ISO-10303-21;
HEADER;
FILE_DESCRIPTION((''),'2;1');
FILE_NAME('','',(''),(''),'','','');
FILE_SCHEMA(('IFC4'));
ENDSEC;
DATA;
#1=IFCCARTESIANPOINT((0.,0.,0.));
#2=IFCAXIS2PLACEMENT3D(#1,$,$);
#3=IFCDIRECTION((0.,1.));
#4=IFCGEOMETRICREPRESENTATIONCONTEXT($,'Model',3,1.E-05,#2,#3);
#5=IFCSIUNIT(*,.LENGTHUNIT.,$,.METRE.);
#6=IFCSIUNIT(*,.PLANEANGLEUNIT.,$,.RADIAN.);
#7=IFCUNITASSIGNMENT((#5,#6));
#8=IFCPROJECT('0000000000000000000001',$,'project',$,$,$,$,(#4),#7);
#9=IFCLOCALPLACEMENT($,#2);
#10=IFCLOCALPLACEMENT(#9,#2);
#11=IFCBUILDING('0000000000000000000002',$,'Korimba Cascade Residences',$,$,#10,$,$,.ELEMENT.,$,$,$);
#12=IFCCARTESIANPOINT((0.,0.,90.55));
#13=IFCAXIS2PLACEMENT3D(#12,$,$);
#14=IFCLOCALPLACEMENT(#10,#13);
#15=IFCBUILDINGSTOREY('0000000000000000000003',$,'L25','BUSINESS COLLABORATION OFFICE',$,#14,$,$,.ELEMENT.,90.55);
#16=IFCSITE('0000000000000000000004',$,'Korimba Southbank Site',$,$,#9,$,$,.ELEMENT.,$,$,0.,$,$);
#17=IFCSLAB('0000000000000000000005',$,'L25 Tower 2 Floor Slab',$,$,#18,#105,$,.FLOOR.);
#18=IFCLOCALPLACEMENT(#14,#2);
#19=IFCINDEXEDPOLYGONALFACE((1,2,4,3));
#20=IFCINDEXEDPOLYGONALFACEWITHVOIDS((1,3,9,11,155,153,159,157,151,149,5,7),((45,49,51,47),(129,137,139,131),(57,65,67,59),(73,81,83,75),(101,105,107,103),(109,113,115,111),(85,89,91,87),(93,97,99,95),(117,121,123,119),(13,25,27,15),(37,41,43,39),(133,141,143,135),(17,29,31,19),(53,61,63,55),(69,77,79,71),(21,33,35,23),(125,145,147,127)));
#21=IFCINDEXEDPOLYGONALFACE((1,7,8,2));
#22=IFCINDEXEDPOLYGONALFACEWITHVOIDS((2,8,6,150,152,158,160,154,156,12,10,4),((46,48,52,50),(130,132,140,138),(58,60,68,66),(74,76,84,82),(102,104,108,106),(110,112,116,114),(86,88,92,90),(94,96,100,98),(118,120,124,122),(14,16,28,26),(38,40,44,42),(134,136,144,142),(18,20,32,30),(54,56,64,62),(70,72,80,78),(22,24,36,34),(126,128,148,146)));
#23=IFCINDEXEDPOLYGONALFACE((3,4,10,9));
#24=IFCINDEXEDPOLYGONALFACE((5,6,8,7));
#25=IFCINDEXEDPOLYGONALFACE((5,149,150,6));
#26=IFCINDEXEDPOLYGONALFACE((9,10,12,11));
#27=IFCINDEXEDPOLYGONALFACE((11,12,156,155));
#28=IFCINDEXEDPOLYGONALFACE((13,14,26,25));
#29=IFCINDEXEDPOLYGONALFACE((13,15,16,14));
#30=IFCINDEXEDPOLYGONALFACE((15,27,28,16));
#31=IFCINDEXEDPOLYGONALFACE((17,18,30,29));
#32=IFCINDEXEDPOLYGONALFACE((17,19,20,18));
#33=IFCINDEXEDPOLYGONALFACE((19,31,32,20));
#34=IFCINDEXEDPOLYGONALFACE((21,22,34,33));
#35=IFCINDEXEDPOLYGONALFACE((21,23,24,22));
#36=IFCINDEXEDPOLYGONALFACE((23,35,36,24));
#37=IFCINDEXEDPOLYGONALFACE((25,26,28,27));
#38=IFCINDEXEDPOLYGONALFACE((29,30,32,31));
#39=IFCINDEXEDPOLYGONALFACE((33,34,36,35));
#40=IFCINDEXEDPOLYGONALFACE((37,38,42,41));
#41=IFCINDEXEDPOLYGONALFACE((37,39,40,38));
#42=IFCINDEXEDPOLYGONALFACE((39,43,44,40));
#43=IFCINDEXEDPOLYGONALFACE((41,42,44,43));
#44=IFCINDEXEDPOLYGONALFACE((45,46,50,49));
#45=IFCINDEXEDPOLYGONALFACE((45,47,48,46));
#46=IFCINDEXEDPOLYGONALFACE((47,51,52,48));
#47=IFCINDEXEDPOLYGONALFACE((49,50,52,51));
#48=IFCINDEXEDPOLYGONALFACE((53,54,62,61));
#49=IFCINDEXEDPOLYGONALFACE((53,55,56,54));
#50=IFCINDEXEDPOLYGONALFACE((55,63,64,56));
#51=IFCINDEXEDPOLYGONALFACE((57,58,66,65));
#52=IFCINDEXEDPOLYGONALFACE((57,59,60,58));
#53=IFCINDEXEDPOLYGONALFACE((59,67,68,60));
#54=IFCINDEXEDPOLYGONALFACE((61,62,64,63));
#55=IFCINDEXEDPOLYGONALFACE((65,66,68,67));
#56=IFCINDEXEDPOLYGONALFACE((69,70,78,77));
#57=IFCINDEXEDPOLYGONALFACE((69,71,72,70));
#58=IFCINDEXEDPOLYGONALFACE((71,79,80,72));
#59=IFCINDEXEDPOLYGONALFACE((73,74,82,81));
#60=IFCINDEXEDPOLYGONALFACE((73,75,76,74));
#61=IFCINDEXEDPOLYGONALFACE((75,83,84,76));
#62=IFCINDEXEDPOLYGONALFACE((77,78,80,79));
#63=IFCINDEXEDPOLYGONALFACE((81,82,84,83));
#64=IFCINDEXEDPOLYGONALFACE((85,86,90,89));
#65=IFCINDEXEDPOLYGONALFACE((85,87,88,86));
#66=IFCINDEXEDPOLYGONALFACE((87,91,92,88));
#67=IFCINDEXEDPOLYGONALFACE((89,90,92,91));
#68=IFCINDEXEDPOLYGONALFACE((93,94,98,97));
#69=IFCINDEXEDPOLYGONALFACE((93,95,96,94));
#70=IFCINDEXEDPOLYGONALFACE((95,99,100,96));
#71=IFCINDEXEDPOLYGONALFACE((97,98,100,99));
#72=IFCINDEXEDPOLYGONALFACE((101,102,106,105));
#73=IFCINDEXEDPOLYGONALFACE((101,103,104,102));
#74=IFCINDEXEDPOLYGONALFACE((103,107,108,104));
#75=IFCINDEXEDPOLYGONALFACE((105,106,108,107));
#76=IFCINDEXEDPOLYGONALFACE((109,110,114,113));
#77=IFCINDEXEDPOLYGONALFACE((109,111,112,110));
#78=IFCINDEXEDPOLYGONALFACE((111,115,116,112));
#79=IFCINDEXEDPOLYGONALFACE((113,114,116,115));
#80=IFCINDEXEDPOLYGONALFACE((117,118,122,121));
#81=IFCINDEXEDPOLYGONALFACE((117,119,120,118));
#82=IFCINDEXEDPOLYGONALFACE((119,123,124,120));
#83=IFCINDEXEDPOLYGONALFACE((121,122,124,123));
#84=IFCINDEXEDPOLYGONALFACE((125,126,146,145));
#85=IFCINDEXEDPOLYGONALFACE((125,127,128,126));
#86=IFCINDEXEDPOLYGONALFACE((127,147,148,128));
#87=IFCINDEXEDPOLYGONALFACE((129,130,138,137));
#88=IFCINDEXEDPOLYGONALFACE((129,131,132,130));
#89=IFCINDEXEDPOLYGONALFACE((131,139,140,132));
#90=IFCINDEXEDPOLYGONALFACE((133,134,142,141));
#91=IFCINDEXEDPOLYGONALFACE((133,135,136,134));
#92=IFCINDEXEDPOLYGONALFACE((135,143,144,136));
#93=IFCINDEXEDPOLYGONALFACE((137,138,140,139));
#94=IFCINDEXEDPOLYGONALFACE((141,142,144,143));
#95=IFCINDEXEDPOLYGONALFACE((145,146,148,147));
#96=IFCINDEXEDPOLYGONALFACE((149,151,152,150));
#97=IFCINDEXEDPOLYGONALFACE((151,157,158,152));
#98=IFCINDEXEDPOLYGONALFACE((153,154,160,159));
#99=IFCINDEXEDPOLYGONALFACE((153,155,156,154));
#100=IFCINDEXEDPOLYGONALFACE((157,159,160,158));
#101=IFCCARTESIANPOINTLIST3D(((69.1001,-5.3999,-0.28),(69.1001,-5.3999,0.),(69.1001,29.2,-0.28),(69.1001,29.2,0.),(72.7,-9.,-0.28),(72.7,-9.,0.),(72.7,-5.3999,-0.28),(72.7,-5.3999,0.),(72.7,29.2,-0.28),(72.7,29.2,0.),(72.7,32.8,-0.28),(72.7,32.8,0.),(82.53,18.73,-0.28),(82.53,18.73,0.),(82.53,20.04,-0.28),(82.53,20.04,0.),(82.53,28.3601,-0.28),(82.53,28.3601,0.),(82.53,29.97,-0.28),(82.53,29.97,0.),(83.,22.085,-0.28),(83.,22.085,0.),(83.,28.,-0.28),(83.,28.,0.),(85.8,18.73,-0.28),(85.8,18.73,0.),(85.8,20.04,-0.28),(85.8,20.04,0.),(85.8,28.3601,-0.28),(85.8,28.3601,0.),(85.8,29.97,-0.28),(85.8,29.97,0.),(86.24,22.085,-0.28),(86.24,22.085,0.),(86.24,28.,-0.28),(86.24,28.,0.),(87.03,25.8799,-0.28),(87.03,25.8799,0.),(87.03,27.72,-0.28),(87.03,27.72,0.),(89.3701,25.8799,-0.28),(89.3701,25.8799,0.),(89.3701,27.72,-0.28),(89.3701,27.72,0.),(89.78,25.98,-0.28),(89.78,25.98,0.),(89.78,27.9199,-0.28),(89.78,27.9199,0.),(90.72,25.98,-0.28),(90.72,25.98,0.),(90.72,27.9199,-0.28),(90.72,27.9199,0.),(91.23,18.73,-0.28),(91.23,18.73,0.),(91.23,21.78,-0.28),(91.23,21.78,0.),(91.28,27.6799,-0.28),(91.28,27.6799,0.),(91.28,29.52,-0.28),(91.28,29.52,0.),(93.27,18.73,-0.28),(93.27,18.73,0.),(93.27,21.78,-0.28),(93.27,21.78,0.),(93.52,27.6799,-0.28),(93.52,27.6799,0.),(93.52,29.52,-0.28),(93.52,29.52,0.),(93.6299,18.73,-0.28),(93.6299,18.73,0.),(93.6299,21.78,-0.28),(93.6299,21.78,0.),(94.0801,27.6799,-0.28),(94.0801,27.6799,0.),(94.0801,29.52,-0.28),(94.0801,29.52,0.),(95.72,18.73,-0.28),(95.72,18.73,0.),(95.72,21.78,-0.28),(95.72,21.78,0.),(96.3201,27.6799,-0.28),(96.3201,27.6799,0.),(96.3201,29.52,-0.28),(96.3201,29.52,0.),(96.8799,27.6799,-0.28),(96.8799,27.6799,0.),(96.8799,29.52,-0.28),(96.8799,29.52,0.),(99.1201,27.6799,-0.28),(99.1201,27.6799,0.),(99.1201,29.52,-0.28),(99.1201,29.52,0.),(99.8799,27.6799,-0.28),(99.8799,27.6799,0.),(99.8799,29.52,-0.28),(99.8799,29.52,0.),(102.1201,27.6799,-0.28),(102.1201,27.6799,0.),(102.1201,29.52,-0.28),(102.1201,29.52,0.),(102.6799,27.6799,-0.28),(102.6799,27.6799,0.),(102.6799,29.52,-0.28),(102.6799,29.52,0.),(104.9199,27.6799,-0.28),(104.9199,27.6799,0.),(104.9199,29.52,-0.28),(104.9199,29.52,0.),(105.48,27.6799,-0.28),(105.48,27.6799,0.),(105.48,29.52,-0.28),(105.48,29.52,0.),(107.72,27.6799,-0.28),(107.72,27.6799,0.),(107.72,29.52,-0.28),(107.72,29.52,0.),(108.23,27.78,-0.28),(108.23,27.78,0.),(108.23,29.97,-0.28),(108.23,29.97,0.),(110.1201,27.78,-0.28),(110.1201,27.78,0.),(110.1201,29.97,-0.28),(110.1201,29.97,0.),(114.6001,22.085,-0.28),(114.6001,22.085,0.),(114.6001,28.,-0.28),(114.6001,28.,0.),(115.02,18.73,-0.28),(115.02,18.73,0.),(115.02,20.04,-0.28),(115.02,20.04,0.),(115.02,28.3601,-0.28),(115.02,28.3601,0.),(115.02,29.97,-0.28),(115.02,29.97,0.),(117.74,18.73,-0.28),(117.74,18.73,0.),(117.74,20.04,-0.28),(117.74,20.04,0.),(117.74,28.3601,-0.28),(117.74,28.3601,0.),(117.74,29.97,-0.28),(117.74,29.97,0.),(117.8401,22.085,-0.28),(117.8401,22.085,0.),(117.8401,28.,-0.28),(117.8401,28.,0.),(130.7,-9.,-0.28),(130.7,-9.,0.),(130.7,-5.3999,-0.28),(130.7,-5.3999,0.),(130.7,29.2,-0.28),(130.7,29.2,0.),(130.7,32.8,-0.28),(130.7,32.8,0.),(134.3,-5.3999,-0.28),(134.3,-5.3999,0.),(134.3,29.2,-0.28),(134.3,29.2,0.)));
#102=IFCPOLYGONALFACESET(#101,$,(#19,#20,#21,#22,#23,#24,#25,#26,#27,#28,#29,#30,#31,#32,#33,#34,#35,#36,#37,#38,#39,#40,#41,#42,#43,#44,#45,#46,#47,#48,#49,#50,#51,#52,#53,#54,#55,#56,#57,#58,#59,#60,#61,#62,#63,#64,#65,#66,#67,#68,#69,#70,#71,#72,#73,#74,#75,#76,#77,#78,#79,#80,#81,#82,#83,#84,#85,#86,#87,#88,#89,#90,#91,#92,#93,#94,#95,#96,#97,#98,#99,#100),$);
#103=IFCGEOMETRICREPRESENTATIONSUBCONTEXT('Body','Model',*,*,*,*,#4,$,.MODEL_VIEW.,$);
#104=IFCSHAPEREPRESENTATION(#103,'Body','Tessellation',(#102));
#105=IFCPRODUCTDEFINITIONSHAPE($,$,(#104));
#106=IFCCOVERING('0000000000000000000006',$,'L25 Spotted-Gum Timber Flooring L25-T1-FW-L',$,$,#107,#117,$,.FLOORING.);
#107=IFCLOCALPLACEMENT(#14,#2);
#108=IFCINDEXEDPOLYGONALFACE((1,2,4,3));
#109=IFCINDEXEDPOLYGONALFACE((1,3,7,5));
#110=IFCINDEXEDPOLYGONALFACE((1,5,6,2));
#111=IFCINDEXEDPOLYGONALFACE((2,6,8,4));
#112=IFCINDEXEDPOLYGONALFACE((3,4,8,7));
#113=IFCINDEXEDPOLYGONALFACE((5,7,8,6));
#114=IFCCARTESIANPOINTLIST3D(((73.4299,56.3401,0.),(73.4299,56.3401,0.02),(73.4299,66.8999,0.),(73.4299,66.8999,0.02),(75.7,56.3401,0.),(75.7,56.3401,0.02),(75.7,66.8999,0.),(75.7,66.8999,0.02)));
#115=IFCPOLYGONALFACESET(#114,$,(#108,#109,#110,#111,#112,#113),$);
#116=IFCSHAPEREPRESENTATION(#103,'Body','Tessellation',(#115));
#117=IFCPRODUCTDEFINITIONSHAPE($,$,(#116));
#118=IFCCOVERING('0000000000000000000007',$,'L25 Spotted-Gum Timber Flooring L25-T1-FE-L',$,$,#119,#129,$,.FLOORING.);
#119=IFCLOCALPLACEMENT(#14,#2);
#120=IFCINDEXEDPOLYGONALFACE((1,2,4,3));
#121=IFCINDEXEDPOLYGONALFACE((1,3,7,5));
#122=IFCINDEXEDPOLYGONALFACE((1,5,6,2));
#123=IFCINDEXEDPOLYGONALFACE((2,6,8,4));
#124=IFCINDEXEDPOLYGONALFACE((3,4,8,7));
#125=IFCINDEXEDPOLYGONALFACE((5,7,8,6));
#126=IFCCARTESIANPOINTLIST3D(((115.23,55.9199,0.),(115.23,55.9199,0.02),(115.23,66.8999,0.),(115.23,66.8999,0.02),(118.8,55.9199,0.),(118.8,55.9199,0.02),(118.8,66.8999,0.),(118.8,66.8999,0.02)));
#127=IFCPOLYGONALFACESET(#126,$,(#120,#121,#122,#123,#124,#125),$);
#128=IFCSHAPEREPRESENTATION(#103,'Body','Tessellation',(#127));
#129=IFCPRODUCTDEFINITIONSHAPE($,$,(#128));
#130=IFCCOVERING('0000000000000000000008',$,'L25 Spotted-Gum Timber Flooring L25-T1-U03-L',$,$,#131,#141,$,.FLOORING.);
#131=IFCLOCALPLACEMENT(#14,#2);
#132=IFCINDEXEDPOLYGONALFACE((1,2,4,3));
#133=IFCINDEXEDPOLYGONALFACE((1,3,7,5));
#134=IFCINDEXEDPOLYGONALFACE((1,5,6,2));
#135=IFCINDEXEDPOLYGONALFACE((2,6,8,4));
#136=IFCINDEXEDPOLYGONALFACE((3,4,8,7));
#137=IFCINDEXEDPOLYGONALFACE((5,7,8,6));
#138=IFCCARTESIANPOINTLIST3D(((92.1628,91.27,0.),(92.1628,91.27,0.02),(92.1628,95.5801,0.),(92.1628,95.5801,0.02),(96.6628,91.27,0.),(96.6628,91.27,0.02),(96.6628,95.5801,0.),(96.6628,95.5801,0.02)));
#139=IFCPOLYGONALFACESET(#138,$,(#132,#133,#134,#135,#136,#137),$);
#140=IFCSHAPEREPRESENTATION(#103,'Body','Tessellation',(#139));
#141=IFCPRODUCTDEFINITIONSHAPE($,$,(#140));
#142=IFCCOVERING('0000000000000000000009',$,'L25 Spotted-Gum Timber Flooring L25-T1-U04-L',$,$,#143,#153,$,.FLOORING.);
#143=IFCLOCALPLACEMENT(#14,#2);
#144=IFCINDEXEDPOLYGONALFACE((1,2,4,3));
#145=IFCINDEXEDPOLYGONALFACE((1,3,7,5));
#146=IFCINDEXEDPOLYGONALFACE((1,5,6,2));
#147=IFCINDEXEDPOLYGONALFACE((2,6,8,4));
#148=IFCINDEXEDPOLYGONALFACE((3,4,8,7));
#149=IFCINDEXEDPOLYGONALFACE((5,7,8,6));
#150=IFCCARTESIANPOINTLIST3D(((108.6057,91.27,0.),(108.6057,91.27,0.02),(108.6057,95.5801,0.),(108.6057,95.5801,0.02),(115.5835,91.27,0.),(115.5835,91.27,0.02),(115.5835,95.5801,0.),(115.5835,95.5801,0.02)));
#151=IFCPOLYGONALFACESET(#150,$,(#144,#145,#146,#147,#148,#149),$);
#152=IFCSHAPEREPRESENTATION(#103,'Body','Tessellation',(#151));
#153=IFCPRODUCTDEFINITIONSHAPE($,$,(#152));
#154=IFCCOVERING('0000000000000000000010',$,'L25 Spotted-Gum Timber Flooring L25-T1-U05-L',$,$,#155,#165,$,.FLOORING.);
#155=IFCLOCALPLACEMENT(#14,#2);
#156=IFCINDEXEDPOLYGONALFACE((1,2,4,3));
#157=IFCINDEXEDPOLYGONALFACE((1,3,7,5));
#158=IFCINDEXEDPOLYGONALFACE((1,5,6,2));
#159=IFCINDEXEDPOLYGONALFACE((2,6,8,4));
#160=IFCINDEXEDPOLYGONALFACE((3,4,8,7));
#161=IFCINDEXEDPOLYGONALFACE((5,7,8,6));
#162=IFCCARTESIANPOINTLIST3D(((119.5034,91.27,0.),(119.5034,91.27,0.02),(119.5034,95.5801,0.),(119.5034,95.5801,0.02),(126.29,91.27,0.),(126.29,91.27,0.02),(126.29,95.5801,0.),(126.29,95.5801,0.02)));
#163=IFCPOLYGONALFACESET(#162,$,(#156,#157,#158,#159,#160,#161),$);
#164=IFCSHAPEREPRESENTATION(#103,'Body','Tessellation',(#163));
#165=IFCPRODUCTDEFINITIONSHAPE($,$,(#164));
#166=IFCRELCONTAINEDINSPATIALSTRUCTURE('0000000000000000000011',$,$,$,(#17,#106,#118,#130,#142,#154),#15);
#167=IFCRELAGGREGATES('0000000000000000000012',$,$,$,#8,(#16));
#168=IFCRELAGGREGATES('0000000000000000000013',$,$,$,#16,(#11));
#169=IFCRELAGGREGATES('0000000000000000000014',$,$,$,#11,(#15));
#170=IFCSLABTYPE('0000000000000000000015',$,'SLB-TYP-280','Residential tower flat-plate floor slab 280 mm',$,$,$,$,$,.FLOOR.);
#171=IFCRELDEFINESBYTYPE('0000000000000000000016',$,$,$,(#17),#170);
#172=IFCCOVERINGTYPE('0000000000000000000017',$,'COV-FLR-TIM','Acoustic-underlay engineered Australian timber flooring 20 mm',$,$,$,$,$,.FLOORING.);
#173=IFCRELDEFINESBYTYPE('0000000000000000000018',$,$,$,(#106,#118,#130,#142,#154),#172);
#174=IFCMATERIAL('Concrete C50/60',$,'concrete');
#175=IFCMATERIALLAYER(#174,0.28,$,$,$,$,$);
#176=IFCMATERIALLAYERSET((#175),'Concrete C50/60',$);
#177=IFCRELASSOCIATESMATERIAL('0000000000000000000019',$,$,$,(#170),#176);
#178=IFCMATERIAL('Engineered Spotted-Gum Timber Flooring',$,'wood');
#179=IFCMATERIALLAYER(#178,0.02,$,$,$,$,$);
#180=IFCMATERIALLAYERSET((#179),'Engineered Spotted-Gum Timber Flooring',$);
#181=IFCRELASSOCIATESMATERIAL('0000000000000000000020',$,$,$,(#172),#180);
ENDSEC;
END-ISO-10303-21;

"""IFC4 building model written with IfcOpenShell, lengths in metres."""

from ifc_helpers import new_model, si_unit, direction, frame, origin, place, context, subcontext, project, spatial, polyline, outline, extrude, material, layer, layer_set, type_object, element, save


model = new_model("IFC4")

# Units and contexts
model_context = context("Model", 3, precision=1e-05, world=origin(), true_north=direction((0.0, 1.0)))
body_context = subcontext(model_context, "Body", "Model", "MODEL_VIEW")
ifc_project = project(units=[si_unit("LENGTHUNIT", "METRE"), si_unit("PLANEANGLEUNIT", "RADIAN")], contexts=[model_context])

# Site, building, storey
site_placement = place(None, origin())
site = spatial("IfcSite", under=ifc_project, at=site_placement, Name="Korimba Southbank Site", CompositionType="ELEMENT", RefElevation=0.0)
building_placement = place(site_placement, origin())
building = spatial("IfcBuilding", under=site, at=building_placement, Name="Korimba Cascade Residences", CompositionType="ELEMENT")
storey_placement = place(building_placement, frame((0.0, 0.0, 90.55)))
storey = spatial("IfcBuildingStorey", under=building, at=storey_placement, Name="L25", Description="BUSINESS COLLABORATION OFFICE", CompositionType="ELEMENT", Elevation=90.55)

# Shared definitions
ifc_material_1 = material(Name="Concrete C50/60", Category="concrete")

# Slab
ifc_layer_1 = layer(ifc_material_1, 0.28)
ifc_layer_set_1 = layer_set([ifc_layer_1], Name="Concrete C50/60")
slab_type_1 = type_object("IfcSlabType", Name="SLB-TYP-280", Description="Residential tower flat-plate floor slab 280 mm", PredefinedType="FLOOR", material=ifc_layer_set_1)
slab_1_placement = place(storey_placement, frame((0.0, 0.0, -0.28)))
element("IfcSlab", 1, at=slab_1_placement, inside=storey, type_object=slab_type_1, Name="L25 Tower 2 Floor Slab", PredefinedType="FLOOR", context=body_context, shape_type="SweptSolid", body=[
    extrude(outline(polyline([(72.7, -9.0), (130.7, -9.0), (130.7, -5.3999), (134.3, -5.3999), (134.3, 29.2), (130.7, 29.2), (130.7, 32.8), (72.7, 32.8), (72.7, 29.2), (69.1001, 29.2), (69.1001, -5.3999), (72.7, -5.3999), (72.7, -9.0)]), holes=[polyline([(86.24, 22.085), (86.24, 28.0), (83.0, 28.0), (83.0, 22.085), (86.24, 22.085)]), polyline([(117.8401, 22.085), (117.8401, 28.0), (114.6001, 28.0), (114.6001, 22.085), (117.8401, 22.085)]), polyline([(87.03, 25.8799), (89.3701, 25.8799), (89.3701, 27.72), (87.03, 27.72), (87.03, 25.8799)]), polyline([(91.28, 27.6799), (93.52, 27.6799), (93.52, 29.52), (91.28, 29.52), (91.28, 27.6799)]), polyline([(94.0801, 27.6799), (96.3201, 27.6799), (96.3201, 29.52), (94.0801, 29.52), (94.0801, 27.6799)]), polyline([(96.8799, 27.6799), (99.1201, 27.6799), (99.1201, 29.52), (96.8799, 29.52), (96.8799, 27.6799)]), polyline([(99.8799, 27.6799), (102.1201, 27.6799), (102.1201, 29.52), (99.8799, 29.52), (99.8799, 27.6799)]), polyline([(102.6799, 27.6799), (104.9199, 27.6799), (104.9199, 29.52), (102.6799, 29.52), (102.6799, 27.6799)]), polyline([(105.48, 27.6799), (107.72, 27.6799), (107.72, 29.52), (105.48, 29.52), (105.48, 27.6799)]), polyline([(89.78, 25.98), (90.72, 25.98), (90.72, 27.9199), (89.78, 27.9199), (89.78, 25.98)]), polyline([(82.53, 18.73), (85.8, 18.73), (85.8, 20.04), (82.53, 20.04), (82.53, 18.73)]), polyline([(82.53, 28.3601), (85.8, 28.3601), (85.8, 29.97), (82.53, 29.97), (82.53, 28.3601)]), polyline([(108.23, 27.78), (110.1201, 27.78), (110.1201, 29.97), (108.23, 29.97), (108.23, 27.78)]), polyline([(91.23, 18.73), (93.27, 18.73), (93.27, 21.78), (91.23, 21.78), (91.23, 18.73)]), polyline([(93.6299, 18.73), (95.72, 18.73), (95.72, 21.78), (93.6299, 21.78), (93.6299, 18.73)]), polyline([(115.02, 18.73), (117.74, 18.73), (117.74, 20.04), (115.02, 20.04), (115.02, 18.73)]), polyline([(115.02, 28.3601), (117.74, 28.3601), (117.74, 29.97), (115.02, 29.97), (115.02, 28.3601)])]), origin(), (0.0, 0.0, 1.0), 0.28),
])

# Coverings
ifc_material_2 = material(Name="Engineered Spotted-Gum Timber Flooring", Category="wood")
ifc_layer_2 = layer(ifc_material_2, 0.02)
ifc_layer_set_2 = layer_set([ifc_layer_2], Name="Engineered Spotted-Gum Timber Flooring")
covering_type = type_object("IfcCoveringType", Name="COV-FLR-TIM", Description="Acoustic-underlay engineered Australian timber flooring 20 mm", PredefinedType="FLOORING", material=ifc_layer_set_2)
covering_1_placement = place(storey_placement, origin())
element("IfcCovering", 2, at=covering_1_placement, inside=storey, type_object=covering_type, Name="L25 Spotted-Gum Timber Flooring L25-T1-FW-L", PredefinedType="FLOORING", context=body_context, shape_type="SweptSolid", body=[
    extrude(outline(polyline([(73.4299, 56.3401), (75.7, 56.3401), (75.7, 66.8999), (73.4299, 66.8999), (73.4299, 56.3401)])), origin(), (0.0, 0.0, 1.0), 0.02),
])
covering_2_placement = place(storey_placement, origin())
element("IfcCovering", 3, at=covering_2_placement, inside=storey, type_object=covering_type, Name="L25 Spotted-Gum Timber Flooring L25-T1-FE-L", PredefinedType="FLOORING", context=body_context, shape_type="SweptSolid", body=[
    extrude(outline(polyline([(115.23, 55.9199), (118.8, 55.9199), (118.8, 66.8999), (115.23, 66.8999), (115.23, 55.9199)])), origin(), (0.0, 0.0, 1.0), 0.02),
])
covering_3_placement = place(storey_placement, origin())
element("IfcCovering", 4, at=covering_3_placement, inside=storey, type_object=covering_type, Name="L25 Spotted-Gum Timber Flooring L25-T1-U03-L", PredefinedType="FLOORING", context=body_context, shape_type="SweptSolid", body=[
    extrude(outline(polyline([(92.1628, 91.27), (96.6628, 91.27), (96.6628, 95.5801), (92.1628, 95.5801), (92.1628, 91.27)])), origin(), (0.0, 0.0, 1.0), 0.02),
])
covering_4_placement = place(storey_placement, origin())
element("IfcCovering", 5, at=covering_4_placement, inside=storey, type_object=covering_type, Name="L25 Spotted-Gum Timber Flooring L25-T1-U04-L", PredefinedType="FLOORING", context=body_context, shape_type="SweptSolid", body=[
    extrude(outline(polyline([(108.6057, 91.27), (115.5835, 91.27), (115.5835, 95.5801), (108.6057, 95.5801), (108.6057, 91.27)])), origin(), (0.0, 0.0, 1.0), 0.02),
])
covering_5_placement = place(storey_placement, origin())
element("IfcCovering", 6, at=covering_5_placement, inside=storey, type_object=covering_type, Name="L25 Spotted-Gum Timber Flooring L25-T1-U05-L", PredefinedType="FLOORING", context=body_context, shape_type="SweptSolid", body=[
    extrude(outline(polyline([(119.5034, 91.27), (126.29, 91.27), (126.29, 95.5801), (119.5034, 95.5801), (119.5034, 91.27)])), origin(), (0.0, 0.0, 1.0), 0.02),
])

save(model, "model.ifc")
